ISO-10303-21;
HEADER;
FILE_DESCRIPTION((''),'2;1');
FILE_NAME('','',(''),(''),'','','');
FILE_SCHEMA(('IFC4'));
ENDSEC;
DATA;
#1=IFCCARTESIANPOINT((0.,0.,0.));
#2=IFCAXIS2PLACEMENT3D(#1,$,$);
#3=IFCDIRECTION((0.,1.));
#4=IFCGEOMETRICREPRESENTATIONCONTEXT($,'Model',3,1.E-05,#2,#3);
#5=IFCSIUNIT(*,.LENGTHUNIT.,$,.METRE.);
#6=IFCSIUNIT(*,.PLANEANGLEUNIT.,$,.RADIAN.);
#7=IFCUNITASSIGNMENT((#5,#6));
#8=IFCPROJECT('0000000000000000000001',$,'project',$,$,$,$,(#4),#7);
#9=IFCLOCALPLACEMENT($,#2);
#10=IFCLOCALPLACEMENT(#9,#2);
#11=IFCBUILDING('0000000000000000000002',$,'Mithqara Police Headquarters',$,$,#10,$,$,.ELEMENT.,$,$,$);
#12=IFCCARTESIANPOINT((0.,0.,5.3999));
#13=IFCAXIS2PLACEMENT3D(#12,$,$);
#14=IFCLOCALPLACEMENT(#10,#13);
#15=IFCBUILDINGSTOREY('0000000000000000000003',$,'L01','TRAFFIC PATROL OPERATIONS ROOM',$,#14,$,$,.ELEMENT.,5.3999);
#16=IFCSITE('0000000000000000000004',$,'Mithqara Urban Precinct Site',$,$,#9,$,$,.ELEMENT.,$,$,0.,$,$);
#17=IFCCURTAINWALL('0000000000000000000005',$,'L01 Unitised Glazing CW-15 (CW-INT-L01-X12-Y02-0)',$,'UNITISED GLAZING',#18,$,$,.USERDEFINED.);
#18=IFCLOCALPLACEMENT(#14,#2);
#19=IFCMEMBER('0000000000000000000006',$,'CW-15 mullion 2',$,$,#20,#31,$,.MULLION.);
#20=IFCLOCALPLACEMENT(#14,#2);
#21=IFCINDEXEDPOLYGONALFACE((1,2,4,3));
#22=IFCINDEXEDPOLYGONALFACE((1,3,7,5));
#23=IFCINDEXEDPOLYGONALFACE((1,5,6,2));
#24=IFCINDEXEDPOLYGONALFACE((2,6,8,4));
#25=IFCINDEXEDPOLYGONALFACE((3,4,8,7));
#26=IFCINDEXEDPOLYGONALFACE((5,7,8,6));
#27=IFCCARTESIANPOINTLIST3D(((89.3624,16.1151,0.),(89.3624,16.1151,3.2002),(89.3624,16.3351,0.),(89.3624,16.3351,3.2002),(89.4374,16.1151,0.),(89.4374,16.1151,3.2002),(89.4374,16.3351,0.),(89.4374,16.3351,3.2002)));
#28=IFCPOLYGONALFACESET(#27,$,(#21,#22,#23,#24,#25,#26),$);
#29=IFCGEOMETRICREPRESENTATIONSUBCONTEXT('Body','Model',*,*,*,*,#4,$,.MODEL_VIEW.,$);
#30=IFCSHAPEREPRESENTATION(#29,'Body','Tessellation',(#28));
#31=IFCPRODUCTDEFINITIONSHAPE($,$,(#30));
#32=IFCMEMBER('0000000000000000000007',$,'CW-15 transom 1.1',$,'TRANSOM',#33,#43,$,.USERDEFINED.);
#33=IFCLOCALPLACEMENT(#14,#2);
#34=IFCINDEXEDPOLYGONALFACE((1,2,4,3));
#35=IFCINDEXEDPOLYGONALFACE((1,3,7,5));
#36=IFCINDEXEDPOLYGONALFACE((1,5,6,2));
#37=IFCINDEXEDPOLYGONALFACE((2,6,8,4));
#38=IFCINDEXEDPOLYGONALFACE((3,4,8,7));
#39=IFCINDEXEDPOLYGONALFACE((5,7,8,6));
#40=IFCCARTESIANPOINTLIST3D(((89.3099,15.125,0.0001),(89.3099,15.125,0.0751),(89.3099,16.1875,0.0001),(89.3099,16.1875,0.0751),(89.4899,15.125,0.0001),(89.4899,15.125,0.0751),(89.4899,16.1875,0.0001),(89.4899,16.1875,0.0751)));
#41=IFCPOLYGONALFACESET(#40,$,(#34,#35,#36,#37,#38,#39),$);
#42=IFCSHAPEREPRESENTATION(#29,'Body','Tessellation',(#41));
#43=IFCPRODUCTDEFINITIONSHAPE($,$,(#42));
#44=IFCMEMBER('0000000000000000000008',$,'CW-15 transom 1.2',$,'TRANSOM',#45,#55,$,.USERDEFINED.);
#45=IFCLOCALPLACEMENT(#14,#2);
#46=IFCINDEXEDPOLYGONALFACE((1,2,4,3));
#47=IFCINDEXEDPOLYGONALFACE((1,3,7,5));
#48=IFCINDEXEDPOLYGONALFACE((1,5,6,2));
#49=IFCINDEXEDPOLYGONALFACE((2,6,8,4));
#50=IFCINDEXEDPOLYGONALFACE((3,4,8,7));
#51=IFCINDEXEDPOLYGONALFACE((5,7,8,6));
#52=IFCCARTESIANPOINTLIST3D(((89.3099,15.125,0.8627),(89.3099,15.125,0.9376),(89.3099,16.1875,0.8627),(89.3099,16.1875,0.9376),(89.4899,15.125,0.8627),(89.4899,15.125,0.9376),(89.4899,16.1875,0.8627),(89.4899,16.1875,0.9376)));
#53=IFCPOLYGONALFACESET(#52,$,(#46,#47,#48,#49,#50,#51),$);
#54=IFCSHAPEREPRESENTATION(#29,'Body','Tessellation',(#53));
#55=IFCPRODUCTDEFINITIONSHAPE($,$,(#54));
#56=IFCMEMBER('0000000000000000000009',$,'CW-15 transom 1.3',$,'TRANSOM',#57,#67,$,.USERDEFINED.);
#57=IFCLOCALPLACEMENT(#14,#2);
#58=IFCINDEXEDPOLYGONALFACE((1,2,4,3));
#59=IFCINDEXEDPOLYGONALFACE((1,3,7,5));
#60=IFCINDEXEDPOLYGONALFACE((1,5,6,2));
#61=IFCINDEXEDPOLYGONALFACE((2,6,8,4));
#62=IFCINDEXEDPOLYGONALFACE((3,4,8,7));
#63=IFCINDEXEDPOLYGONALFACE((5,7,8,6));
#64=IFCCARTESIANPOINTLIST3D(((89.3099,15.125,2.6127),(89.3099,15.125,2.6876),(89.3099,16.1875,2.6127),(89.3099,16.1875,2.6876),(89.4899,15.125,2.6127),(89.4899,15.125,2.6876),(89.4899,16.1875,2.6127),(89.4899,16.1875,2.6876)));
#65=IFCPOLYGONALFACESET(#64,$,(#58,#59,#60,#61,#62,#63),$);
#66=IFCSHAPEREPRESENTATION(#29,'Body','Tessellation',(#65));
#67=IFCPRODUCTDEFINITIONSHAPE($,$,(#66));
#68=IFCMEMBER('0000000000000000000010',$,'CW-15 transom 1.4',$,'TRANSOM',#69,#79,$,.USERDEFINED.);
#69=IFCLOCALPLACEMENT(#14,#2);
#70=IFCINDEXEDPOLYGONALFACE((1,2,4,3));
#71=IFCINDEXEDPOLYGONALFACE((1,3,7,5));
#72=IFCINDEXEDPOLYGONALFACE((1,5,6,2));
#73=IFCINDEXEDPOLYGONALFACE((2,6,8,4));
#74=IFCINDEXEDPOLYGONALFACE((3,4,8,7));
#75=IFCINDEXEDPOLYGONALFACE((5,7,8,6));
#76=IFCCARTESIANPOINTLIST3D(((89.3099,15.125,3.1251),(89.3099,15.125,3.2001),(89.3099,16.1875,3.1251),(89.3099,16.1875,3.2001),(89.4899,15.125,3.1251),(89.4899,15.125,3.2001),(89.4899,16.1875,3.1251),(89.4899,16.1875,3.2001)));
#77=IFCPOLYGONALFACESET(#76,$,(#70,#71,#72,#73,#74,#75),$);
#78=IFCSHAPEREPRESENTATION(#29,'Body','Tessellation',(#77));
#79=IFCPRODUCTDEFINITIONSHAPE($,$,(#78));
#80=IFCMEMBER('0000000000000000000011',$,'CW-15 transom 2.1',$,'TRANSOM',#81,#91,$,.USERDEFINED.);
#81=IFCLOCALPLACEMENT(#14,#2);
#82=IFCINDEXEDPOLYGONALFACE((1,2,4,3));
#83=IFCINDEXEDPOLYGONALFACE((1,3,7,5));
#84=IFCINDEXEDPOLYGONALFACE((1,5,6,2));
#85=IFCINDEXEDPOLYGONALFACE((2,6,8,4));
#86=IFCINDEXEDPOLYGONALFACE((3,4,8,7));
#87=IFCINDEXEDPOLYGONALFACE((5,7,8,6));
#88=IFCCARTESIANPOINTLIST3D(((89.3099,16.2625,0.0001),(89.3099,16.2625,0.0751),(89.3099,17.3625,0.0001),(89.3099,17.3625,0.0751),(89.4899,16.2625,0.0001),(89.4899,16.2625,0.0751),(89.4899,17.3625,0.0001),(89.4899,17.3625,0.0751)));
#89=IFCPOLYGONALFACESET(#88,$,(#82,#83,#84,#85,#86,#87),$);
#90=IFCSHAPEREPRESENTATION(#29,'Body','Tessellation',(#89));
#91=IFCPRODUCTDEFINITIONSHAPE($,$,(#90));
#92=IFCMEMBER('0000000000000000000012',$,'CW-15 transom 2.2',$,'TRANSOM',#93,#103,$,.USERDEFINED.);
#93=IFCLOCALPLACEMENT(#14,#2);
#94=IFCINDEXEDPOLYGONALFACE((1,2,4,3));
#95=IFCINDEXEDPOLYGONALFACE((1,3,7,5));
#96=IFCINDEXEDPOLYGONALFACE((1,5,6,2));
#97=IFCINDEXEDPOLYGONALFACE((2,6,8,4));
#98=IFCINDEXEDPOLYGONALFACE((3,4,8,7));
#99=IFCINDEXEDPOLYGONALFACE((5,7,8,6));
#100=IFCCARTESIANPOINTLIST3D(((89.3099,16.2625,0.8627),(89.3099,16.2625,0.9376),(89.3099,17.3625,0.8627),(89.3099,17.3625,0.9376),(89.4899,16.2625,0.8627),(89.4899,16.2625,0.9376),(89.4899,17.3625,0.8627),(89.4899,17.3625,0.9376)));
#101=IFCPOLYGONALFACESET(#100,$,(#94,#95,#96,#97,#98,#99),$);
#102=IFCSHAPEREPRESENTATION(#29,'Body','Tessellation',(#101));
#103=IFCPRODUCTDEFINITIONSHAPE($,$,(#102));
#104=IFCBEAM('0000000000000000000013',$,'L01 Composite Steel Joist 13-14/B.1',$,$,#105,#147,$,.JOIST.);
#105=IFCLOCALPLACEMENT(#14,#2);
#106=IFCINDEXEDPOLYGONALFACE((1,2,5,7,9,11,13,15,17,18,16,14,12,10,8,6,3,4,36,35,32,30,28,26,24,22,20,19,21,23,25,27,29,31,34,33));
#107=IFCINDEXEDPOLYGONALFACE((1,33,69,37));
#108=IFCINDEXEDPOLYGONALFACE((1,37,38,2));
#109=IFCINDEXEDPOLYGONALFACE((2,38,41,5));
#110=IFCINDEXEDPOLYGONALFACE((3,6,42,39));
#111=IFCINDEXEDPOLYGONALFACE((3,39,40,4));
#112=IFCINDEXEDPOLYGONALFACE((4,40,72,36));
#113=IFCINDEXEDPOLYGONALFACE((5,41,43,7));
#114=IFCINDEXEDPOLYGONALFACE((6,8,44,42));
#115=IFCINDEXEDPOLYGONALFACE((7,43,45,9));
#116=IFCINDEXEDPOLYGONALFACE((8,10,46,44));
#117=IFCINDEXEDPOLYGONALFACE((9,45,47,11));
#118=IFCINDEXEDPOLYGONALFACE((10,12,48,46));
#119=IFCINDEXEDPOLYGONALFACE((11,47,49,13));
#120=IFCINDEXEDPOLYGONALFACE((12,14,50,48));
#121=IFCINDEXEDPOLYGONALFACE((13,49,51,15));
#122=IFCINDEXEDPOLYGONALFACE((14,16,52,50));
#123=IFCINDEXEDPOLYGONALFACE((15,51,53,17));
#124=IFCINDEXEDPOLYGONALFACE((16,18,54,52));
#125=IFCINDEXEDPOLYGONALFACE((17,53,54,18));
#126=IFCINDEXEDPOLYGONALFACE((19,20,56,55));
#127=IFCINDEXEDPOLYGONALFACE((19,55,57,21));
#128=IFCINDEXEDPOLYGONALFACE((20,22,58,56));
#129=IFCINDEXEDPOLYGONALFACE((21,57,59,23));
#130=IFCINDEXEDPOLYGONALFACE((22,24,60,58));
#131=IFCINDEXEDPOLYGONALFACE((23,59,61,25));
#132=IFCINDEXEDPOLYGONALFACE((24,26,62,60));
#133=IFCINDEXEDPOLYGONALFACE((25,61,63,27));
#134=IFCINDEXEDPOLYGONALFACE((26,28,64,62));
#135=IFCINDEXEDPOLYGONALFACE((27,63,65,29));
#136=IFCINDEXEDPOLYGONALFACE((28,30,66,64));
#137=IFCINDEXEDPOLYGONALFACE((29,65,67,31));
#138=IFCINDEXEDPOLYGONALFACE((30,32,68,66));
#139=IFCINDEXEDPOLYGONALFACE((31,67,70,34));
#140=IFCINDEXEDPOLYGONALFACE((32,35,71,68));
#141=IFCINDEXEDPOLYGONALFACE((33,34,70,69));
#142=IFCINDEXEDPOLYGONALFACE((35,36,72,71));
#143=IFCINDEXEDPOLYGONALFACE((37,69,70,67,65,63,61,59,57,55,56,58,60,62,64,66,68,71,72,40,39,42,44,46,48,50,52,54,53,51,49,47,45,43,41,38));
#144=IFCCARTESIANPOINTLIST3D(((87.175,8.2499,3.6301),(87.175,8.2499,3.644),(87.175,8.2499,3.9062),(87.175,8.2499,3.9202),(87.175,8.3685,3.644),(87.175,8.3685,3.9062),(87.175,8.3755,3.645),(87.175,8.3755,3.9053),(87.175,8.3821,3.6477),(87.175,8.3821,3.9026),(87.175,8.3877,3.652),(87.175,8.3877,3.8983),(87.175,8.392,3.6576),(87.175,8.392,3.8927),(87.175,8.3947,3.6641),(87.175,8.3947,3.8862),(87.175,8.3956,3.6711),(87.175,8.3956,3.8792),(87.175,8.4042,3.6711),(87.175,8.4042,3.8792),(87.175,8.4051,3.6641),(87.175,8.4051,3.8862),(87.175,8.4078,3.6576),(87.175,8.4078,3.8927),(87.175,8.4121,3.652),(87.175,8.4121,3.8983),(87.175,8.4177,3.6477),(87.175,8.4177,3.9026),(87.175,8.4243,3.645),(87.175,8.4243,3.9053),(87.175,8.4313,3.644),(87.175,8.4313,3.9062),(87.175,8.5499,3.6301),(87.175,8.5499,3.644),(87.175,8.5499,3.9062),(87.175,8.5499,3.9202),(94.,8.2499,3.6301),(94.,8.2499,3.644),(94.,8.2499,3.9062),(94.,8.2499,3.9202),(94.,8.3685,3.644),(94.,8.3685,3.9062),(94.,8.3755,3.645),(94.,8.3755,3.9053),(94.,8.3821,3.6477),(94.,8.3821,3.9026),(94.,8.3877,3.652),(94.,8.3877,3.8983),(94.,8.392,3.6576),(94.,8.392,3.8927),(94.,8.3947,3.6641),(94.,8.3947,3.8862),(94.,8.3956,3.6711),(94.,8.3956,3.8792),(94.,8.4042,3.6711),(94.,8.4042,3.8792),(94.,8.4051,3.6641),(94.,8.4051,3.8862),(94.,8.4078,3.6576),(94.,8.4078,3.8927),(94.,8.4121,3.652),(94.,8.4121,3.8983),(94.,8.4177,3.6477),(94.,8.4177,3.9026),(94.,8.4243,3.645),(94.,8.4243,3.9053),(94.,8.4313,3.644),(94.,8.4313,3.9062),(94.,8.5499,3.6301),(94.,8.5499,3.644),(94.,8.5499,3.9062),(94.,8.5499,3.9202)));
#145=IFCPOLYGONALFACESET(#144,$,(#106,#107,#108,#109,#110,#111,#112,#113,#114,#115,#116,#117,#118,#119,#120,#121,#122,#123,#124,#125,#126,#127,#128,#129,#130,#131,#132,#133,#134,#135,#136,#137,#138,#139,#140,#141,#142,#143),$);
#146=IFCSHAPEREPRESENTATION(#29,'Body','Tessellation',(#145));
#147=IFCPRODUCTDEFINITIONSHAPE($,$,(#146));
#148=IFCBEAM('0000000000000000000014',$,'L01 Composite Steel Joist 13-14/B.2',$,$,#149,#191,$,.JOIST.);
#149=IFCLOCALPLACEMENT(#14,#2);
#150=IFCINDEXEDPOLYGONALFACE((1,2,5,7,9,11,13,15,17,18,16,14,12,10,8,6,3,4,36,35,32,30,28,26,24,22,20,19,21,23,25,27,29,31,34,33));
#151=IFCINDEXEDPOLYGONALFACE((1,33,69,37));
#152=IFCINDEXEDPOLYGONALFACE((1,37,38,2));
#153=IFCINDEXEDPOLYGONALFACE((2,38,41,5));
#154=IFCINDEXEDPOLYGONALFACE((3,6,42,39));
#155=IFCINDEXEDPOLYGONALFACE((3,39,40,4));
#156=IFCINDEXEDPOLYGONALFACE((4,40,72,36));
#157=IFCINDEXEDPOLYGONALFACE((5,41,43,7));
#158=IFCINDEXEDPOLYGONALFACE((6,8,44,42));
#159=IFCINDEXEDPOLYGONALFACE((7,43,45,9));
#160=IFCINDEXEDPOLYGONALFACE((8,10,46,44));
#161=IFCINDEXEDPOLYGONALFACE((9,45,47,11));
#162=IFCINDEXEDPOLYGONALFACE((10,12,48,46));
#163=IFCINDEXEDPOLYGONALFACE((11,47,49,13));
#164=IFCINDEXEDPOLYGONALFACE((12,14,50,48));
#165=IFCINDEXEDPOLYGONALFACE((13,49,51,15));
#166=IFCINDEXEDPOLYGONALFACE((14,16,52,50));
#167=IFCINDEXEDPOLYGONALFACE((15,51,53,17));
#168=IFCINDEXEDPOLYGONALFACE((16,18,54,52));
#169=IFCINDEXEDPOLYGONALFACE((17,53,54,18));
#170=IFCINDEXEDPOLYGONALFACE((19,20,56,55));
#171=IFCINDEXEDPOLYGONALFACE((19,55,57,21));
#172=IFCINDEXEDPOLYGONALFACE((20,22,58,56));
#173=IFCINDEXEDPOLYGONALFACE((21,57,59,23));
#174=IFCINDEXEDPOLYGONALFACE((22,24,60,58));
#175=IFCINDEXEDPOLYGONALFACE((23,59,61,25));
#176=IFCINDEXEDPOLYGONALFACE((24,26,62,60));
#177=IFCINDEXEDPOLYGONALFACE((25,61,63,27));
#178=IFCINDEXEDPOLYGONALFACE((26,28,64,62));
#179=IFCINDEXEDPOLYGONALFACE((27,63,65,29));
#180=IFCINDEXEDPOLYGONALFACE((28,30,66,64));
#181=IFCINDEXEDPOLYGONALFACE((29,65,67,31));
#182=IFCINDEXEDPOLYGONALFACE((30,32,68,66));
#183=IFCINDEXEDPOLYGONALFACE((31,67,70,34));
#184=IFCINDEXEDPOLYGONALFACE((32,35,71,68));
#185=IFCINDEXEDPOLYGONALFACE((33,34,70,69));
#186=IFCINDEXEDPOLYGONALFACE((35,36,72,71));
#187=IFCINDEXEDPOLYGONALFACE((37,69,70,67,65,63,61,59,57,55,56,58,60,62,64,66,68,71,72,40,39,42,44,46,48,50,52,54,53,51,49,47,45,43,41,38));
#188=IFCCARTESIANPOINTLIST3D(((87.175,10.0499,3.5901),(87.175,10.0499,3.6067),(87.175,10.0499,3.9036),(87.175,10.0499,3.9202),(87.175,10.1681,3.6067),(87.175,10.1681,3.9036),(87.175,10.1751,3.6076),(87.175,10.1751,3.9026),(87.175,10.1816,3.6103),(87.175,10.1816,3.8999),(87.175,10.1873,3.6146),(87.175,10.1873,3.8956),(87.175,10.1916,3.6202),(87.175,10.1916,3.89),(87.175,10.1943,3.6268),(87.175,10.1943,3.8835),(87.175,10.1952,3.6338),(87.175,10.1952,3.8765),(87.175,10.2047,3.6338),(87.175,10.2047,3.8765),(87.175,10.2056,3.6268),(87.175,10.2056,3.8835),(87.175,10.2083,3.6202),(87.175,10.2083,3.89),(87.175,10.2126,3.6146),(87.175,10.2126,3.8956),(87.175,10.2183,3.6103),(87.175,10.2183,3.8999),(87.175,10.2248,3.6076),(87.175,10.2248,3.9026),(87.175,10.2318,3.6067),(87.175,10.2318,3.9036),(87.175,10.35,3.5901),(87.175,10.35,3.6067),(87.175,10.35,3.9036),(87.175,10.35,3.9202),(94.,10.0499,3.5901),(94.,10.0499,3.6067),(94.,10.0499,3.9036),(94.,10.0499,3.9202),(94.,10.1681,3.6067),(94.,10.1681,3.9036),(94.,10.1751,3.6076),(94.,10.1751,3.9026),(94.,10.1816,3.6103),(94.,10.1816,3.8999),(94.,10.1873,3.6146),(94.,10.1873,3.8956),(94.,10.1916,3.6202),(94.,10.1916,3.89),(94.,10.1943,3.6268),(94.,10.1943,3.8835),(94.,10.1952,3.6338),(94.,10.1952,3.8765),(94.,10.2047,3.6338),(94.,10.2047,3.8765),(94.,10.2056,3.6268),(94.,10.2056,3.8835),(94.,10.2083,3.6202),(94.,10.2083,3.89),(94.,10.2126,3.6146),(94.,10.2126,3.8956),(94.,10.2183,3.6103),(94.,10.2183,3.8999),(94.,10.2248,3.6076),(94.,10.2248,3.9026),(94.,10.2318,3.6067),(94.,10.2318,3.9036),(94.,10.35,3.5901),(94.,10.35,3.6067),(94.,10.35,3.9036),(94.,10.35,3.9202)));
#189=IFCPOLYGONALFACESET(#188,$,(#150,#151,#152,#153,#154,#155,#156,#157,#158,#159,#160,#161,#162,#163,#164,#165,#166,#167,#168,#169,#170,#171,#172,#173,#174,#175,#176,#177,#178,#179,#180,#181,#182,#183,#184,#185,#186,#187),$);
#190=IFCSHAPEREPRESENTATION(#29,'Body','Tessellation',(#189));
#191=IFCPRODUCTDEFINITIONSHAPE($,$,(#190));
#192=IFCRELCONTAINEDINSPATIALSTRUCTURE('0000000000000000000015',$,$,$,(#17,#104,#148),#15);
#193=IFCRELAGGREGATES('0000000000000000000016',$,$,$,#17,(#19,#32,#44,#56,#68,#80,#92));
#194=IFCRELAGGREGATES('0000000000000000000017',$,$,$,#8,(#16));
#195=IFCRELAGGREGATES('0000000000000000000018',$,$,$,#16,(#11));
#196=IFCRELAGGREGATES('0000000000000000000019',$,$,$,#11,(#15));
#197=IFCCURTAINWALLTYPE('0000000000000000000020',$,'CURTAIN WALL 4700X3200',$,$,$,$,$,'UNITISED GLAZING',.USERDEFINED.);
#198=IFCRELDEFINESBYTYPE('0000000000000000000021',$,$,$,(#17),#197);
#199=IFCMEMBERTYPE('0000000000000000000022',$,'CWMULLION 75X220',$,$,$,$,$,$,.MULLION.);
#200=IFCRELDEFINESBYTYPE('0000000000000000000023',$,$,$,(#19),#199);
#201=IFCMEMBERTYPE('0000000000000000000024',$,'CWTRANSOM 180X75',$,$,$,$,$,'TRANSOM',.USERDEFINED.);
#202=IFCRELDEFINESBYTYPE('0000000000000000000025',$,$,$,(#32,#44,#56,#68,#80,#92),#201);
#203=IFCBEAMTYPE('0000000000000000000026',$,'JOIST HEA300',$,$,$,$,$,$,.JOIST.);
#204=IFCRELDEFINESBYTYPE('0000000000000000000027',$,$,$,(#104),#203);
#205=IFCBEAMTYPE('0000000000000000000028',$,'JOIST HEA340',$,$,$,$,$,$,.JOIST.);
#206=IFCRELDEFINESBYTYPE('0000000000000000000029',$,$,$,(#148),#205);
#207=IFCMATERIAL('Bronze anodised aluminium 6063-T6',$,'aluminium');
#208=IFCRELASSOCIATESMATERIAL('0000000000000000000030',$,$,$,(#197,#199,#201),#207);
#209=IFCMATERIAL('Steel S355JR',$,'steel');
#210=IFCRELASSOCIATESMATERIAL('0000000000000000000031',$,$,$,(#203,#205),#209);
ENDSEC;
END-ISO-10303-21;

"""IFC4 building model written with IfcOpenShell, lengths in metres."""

from ifc_helpers import new_model, si_unit, direction, frame, origin, origin_2d, place, context, subcontext, project, spatial, rectangle, i_section, extrude, material, material_profile, profile_set, type_object, element, aggregate, save


model = new_model("IFC4")

# Units and contexts
model_context = context("Model", 3, precision=1e-05, world=origin(), true_north=direction((0.0, 1.0)))
body_context = subcontext(model_context, "Body", "Model", "MODEL_VIEW")
ifc_project = project(units=[si_unit("LENGTHUNIT", "METRE"), si_unit("PLANEANGLEUNIT", "RADIAN")], contexts=[model_context])

# Site, building, storey
site_placement = place(None, origin())
site = spatial("IfcSite", under=ifc_project, at=site_placement, Name="Mithqara Urban Precinct Site", CompositionType="ELEMENT", RefElevation=0.0)
building_placement = place(site_placement, origin())
building = spatial("IfcBuilding", under=site, at=building_placement, Name="Mithqara Police Headquarters", CompositionType="ELEMENT")
storey_placement = place(building_placement, frame((0.0, 0.0, 5.3999)))
storey = spatial("IfcBuildingStorey", under=building, at=storey_placement, Name="L01", Description="TRAFFIC PATROL OPERATIONS ROOM", CompositionType="ELEMENT", Elevation=5.3999)

# Shared definitions
ifc_material_1 = material(Name="Steel S355JR", Category="steel")

# Curtain wall, members
ifc_material_2 = material(Name="Bronze anodised aluminium 6063-T6", Category="aluminium")
curtain_wall_type = type_object("IfcCurtainWallType", Name="CURTAIN WALL 4700X3200", ElementType="UNITISED GLAZING", PredefinedType="USERDEFINED", material=ifc_material_2)
curtain_wall_placement = place(storey_placement, origin())
curtain_wall = element("IfcCurtainWall", 1, at=curtain_wall_placement, inside=storey, type_object=curtain_wall_type, Name="L01 Unitised Glazing CW-15 (CW-INT-L01-X12-Y02-0)", ObjectType="UNITISED GLAZING", PredefinedType="USERDEFINED")
ifc_material_profile_1 = material_profile(ifc_material_2, rectangle(XDim=0.075, YDim=0.22, at=origin_2d()), Name="CWM 75x220")
ifc_profile_set_1 = profile_set([ifc_material_profile_1], Name="Bronze anodised aluminium 6063-T6")
member_type_1 = type_object("IfcMemberType", Name="CWMULLION 75X220", PredefinedType="MULLION", material=ifc_profile_set_1)
member_1_placement = place(storey_placement, frame((89.3999, 16.2251, 0.0), z_axis=(0.0, 0.0, 1.0), x_axis=(-1.0, 0.0, 0.0)))
member_1 = element("IfcMember", 2, at=member_1_placement, type_object=member_type_1, Name="CW-15 mullion 2", PredefinedType="MULLION", context=body_context, shape_type="SweptSolid", body=[
    extrude(rectangle(XDim=0.075, YDim=0.22, at=origin_2d()), origin(), (0.0, 0.0, 1.0), 3.2002),
])
ifc_material_profile_2 = material_profile(ifc_material_2, rectangle(XDim=0.1799, YDim=0.075, at=origin_2d()), Name="CWT 180x75")
ifc_profile_set_2 = profile_set([ifc_material_profile_2], Name="Bronze anodised aluminium 6063-T6")
member_type_2 = type_object("IfcMemberType", Name="CWTRANSOM 180X75", ElementType="TRANSOM", PredefinedType="USERDEFINED", material=ifc_profile_set_2)
member_2_placement = place(storey_placement, frame((89.3999, 15.125, 0.0376), z_axis=(0.0, 1.0, 0.0), x_axis=(-1.0, 0.0, 0.0)))
member_2 = element("IfcMember", 3, at=member_2_placement, type_object=member_type_2, Name="CW-15 transom 1.1", ObjectType="TRANSOM", PredefinedType="USERDEFINED", context=body_context, shape_type="SweptSolid", body=[
    extrude(rectangle(XDim=0.1799, YDim=0.075, at=origin_2d()), origin(), (0.0, 0.0, 1.0), 1.0625),
])
member_3_placement = place(storey_placement, frame((89.3999, 15.125, 0.9001), z_axis=(0.0, 1.0, 0.0), x_axis=(-1.0, 0.0, 0.0)))
member_3 = element("IfcMember", 4, at=member_3_placement, type_object=member_type_2, Name="CW-15 transom 1.2", ObjectType="TRANSOM", PredefinedType="USERDEFINED", context=body_context, shape_type="SweptSolid", body=[
    extrude(rectangle(XDim=0.1799, YDim=0.075, at=origin_2d()), origin(), (0.0, 0.0, 1.0), 1.0625),
])
member_4_placement = place(storey_placement, frame((89.3999, 15.125, 2.6501), z_axis=(0.0, 1.0, 0.0), x_axis=(-1.0, 0.0, 0.0)))
member_4 = element("IfcMember", 5, at=member_4_placement, type_object=member_type_2, Name="CW-15 transom 1.3", ObjectType="TRANSOM", PredefinedType="USERDEFINED", context=body_context, shape_type="SweptSolid", body=[
    extrude(rectangle(XDim=0.1799, YDim=0.075, at=origin_2d()), origin(), (0.0, 0.0, 1.0), 1.0625),
])
member_5_placement = place(storey_placement, frame((89.3999, 15.125, 3.1626), z_axis=(0.0, 1.0, 0.0), x_axis=(-1.0, 0.0, 0.0)))
member_5 = element("IfcMember", 6, at=member_5_placement, type_object=member_type_2, Name="CW-15 transom 1.4", ObjectType="TRANSOM", PredefinedType="USERDEFINED", context=body_context, shape_type="SweptSolid", body=[
    extrude(rectangle(XDim=0.1799, YDim=0.075, at=origin_2d()), origin(), (0.0, 0.0, 1.0), 1.0625),
])
member_6_placement = place(storey_placement, frame((89.3999, 16.2625, 0.0376), z_axis=(0.0, 1.0, 0.0), x_axis=(-1.0, 0.0, 0.0)))
member_6 = element("IfcMember", 7, at=member_6_placement, type_object=member_type_2, Name="CW-15 transom 2.1", ObjectType="TRANSOM", PredefinedType="USERDEFINED", context=body_context, shape_type="SweptSolid", body=[
    extrude(rectangle(XDim=0.1799, YDim=0.075, at=origin_2d()), origin(), (0.0, 0.0, 1.0), 1.1001),
])
member_7_placement = place(storey_placement, frame((89.3999, 16.2625, 0.9001), z_axis=(0.0, 1.0, 0.0), x_axis=(-1.0, 0.0, 0.0)))
member_7 = element("IfcMember", 8, at=member_7_placement, type_object=member_type_2, Name="CW-15 transom 2.2", ObjectType="TRANSOM", PredefinedType="USERDEFINED", context=body_context, shape_type="SweptSolid", body=[
    extrude(rectangle(XDim=0.1799, YDim=0.075, at=origin_2d()), origin(), (0.0, 0.0, 1.0), 1.1001),
])

# Beams
ifc_material_profile_3 = material_profile(ifc_material_1, i_section(OverallWidth=0.3, OverallDepth=0.29, WebThickness=0.0085, FlangeThickness=0.0139, FilletRadius=0.0271, at=origin_2d()), Name="HEA 300")
ifc_profile_set_3 = profile_set([ifc_material_profile_3], Name="Steel S355JR")
beam_type_1 = type_object("IfcBeamType", Name="JOIST HEA300", PredefinedType="JOIST", material=ifc_profile_set_3)
beam_1_placement = place(storey_placement, frame((87.175, 8.3999, 3.7751), z_axis=(1.0, 0.0, 0.0), x_axis=(0.0, 1.0, 0.0)))
element("IfcBeam", 9, at=beam_1_placement, inside=storey, type_object=beam_type_1, Name="L01 Composite Steel Joist 13-14/B.1", PredefinedType="JOIST", context=body_context, shape_type="SweptSolid", body=[
    extrude(i_section(OverallWidth=0.3, OverallDepth=0.29, WebThickness=0.0085, FlangeThickness=0.0139, FilletRadius=0.0271, at=origin_2d()), origin(), (0.0, 0.0, 1.0), 6.825),
])
ifc_material_profile_4 = material_profile(ifc_material_1, i_section(OverallWidth=0.3, OverallDepth=0.3301, WebThickness=0.0095, FlangeThickness=0.0166, FilletRadius=0.0271, at=origin_2d()), Name="HEA 340")
ifc_profile_set_4 = profile_set([ifc_material_profile_4], Name="Steel S355JR")
beam_type_2 = type_object("IfcBeamType", Name="JOIST HEA340", PredefinedType="JOIST", material=ifc_profile_set_4)
beam_2_placement = place(storey_placement, frame((87.175, 10.2, 3.7551), z_axis=(1.0, 0.0, 0.0), x_axis=(0.0, 1.0, 0.0)))
element("IfcBeam", 10, at=beam_2_placement, inside=storey, type_object=beam_type_2, Name="L01 Composite Steel Joist 13-14/B.2", PredefinedType="JOIST", context=body_context, shape_type="SweptSolid", body=[
    extrude(i_section(OverallWidth=0.3, OverallDepth=0.3301, WebThickness=0.0095, FlangeThickness=0.0166, FilletRadius=0.0271, at=origin_2d()), origin(), (0.0, 0.0, 1.0), 6.825),
])

aggregate(curtain_wall, [member_1, member_2, member_3, member_4, member_5, member_6, member_7])

save(model, "model.ifc")
